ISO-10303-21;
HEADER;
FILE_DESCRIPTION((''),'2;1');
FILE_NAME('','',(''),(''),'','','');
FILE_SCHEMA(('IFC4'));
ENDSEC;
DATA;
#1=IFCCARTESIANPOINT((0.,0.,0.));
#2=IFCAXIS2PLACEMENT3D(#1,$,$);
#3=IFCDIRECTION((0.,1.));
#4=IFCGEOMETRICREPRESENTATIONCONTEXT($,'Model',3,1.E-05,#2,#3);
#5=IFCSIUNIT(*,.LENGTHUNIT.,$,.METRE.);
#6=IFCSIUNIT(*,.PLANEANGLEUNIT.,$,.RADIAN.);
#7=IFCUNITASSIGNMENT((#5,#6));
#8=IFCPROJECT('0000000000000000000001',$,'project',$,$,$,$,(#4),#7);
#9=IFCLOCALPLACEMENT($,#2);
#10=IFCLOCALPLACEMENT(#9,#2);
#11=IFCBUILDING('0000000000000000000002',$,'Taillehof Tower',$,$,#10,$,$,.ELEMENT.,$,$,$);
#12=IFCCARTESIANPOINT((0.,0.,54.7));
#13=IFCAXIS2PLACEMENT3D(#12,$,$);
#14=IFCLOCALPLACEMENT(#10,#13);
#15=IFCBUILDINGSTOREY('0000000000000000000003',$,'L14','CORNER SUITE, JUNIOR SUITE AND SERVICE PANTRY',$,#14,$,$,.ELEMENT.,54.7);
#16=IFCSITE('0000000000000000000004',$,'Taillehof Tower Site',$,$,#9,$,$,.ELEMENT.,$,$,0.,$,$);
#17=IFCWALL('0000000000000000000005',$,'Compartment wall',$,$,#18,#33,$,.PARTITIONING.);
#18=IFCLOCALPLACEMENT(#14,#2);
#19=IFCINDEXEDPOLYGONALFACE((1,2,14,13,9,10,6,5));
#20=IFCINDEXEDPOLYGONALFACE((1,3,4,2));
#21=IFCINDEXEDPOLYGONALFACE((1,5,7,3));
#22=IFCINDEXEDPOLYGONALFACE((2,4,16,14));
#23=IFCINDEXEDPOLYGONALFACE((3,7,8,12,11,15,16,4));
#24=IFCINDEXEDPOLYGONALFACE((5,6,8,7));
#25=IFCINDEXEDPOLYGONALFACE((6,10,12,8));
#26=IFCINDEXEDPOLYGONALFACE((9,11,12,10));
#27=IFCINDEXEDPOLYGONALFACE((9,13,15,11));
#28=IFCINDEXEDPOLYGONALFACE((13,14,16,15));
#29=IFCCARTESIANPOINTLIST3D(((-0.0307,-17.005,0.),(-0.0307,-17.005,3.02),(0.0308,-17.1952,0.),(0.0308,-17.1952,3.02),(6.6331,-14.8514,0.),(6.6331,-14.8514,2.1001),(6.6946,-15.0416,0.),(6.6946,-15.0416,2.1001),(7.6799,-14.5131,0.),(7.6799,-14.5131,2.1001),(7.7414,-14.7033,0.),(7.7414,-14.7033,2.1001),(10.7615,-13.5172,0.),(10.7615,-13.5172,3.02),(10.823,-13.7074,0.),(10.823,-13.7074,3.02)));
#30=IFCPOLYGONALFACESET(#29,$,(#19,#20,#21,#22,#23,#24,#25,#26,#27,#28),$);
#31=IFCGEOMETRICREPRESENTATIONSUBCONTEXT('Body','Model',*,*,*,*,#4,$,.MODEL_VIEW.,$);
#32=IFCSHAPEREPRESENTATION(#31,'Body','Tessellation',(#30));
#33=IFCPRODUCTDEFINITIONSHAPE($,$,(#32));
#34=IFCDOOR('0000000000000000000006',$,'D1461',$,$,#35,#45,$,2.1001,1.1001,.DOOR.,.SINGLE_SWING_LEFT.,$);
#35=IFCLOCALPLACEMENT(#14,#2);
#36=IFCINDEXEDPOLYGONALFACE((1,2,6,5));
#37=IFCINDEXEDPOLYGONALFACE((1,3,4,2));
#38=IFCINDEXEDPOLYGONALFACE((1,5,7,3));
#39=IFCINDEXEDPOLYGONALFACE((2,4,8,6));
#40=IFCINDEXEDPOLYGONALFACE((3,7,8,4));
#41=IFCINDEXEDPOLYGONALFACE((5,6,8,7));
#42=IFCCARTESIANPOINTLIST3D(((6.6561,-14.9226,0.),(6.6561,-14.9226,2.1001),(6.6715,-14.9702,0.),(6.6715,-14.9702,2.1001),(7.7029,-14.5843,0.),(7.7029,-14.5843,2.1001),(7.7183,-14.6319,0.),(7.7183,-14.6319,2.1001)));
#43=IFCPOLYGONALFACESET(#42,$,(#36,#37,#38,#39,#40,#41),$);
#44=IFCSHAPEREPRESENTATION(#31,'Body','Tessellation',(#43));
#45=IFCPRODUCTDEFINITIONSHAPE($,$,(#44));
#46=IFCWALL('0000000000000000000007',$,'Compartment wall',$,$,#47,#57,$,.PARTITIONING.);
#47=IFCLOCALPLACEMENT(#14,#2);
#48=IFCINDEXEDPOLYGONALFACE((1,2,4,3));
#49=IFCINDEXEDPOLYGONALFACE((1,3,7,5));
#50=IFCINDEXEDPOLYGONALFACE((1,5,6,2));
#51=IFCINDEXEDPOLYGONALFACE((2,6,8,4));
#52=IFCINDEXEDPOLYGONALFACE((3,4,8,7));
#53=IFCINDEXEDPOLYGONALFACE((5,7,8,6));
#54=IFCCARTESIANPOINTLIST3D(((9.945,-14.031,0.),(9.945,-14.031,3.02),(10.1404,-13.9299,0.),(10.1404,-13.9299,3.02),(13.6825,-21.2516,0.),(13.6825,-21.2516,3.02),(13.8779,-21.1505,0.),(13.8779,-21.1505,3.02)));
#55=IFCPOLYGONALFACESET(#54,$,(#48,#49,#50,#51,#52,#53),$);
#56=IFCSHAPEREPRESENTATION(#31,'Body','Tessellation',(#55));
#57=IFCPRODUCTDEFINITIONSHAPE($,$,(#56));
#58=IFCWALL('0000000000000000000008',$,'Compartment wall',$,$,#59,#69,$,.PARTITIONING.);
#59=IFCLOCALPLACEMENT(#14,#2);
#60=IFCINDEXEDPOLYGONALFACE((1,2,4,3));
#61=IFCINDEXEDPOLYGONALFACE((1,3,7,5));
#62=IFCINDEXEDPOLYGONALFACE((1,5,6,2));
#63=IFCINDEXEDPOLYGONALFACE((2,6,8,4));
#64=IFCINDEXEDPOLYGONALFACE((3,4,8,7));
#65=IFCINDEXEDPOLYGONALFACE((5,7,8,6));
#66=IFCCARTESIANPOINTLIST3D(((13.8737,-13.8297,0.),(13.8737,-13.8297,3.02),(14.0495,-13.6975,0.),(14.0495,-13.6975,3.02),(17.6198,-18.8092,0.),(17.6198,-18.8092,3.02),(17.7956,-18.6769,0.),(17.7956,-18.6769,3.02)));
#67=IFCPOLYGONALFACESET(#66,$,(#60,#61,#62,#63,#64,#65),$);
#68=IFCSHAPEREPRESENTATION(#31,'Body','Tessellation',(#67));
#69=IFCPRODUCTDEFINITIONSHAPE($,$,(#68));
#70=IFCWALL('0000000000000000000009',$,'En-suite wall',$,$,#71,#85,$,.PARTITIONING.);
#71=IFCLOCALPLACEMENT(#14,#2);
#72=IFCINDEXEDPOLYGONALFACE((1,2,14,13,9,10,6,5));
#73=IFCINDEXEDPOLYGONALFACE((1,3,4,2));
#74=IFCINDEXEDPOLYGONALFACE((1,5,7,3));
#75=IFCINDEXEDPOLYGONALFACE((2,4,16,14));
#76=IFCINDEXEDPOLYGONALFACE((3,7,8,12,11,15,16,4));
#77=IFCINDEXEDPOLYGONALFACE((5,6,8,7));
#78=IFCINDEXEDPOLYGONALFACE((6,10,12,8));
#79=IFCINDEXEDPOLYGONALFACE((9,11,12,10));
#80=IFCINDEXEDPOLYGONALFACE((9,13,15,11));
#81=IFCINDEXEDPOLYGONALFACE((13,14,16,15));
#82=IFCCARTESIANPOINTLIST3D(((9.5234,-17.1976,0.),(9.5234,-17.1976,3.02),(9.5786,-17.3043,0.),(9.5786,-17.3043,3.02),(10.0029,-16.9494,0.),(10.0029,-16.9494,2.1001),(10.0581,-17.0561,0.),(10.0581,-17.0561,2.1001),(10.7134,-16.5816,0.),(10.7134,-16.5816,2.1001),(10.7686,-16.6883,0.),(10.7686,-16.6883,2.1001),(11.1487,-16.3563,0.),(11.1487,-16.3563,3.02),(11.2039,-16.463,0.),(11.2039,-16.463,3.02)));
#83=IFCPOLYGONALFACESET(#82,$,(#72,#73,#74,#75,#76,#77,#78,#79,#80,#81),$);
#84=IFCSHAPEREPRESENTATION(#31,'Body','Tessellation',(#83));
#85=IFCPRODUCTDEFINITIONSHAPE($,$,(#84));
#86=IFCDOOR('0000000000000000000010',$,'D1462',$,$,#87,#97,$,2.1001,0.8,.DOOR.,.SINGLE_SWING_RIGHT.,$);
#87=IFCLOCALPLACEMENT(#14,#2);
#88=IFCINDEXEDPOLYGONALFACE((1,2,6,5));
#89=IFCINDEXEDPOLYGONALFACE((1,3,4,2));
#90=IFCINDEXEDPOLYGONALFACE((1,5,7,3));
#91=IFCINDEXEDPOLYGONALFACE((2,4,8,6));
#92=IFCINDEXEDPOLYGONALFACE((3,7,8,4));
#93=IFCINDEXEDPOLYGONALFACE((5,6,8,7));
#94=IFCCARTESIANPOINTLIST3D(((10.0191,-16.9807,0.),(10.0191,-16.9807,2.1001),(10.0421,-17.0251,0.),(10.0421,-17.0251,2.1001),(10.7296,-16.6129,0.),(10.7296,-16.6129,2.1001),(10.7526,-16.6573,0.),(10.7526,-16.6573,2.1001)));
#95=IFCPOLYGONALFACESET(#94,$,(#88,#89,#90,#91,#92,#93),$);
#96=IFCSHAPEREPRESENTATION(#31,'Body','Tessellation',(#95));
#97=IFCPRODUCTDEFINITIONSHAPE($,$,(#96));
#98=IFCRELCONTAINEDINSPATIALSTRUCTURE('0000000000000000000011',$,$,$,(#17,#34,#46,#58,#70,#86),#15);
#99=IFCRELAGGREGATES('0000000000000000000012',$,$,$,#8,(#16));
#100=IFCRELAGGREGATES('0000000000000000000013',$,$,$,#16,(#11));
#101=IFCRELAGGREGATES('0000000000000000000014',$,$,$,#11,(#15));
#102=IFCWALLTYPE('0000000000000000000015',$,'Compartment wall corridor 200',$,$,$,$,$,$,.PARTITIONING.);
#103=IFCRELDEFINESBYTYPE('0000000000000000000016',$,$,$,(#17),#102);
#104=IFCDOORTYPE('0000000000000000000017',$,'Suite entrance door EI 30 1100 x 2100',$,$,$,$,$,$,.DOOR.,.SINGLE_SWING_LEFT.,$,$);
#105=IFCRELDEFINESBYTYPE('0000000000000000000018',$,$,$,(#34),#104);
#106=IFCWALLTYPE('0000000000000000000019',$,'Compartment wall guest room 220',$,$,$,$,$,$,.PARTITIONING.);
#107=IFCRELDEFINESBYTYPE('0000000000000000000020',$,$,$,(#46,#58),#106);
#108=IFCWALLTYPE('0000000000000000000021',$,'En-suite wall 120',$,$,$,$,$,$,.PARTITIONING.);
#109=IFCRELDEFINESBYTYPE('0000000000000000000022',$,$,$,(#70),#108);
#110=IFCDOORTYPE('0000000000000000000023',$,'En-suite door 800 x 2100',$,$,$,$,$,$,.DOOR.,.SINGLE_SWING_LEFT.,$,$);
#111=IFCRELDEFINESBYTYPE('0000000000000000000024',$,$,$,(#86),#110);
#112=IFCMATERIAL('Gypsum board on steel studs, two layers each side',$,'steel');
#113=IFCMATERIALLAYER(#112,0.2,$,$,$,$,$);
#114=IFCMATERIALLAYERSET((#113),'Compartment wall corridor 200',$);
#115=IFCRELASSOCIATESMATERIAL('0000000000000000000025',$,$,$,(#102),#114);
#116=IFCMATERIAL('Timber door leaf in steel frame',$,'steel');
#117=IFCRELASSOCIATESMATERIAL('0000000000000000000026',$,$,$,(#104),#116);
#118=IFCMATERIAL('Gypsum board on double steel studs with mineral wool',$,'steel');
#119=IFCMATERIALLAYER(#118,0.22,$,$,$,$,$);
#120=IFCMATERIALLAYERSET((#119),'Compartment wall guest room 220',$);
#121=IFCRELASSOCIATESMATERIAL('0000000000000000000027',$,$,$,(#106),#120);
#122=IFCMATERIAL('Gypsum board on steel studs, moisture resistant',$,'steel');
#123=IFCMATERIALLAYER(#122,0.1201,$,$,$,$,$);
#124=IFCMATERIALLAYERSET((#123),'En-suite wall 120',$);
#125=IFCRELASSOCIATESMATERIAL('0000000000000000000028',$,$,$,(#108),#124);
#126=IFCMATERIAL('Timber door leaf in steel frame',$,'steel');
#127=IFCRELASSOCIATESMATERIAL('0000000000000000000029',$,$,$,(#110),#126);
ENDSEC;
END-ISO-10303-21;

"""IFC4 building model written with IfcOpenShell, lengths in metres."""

from ifc_helpers import new_model, si_unit, direction, frame, frame_2d, origin, place, context, subcontext, project, spatial, rectangle, extrude, material, layer, layer_set, type_object, element, fill, save


model = new_model("IFC4")

# Units and contexts
model_context = context("Model", 3, precision=1e-05, world=origin(), true_north=direction((0.0, 1.0)))
body_context = subcontext(model_context, "Body", "Model", "MODEL_VIEW")
ifc_project = project(units=[si_unit("LENGTHUNIT", "METRE"), si_unit("PLANEANGLEUNIT", "RADIAN")], contexts=[model_context])

# Site, building, storey
site_placement = place(None, origin())
site = spatial("IfcSite", under=ifc_project, at=site_placement, Name="Taillehof Tower Site", CompositionType="ELEMENT", RefElevation=0.0)
building_placement = place(site_placement, origin())
building = spatial("IfcBuilding", under=site, at=building_placement, Name="Taillehof Tower", CompositionType="ELEMENT")
storey_placement = place(building_placement, frame((0.0, 0.0, 54.7)))
storey = spatial("IfcBuildingStorey", under=building, at=storey_placement, Name="L14", Description="CORNER SUITE, JUNIOR SUITE AND SERVICE PANTRY", CompositionType="ELEMENT", Elevation=54.7)

# Shared definitions
ifc_material_1 = material(Name="Gypsum board on steel studs, two layers each side", Category="steel")
ifc_layer_1 = layer(ifc_material_1, 0.2)
ifc_layer_set_1 = layer_set([ifc_layer_1], Name="Compartment wall corridor 200")
wall_type_1 = type_object("IfcWallType", Name="Compartment wall corridor 200", PredefinedType="PARTITIONING", material=ifc_layer_set_1)

# Wall, opening, door
wall_1_placement = place(storey_placement, frame((10.7922, -13.6123, 0.0), z_axis=(0.0, 0.0, 1.0), x_axis=(-0.951543, -0.307516, 0.0)))
wall_1 = element("IfcWall", 1, at=wall_1_placement, inside=storey, type_object=wall_type_1, Name="Compartment wall", PredefinedType="PARTITIONING", context=body_context, shape_type="SweptSolid", body=[
    extrude(rectangle(XDim=11.3418, YDim=0.2, at=frame_2d((5.6709, 0.0))), origin(), (0.0, 0.0, 1.0), 3.02),
])
opening_1_placement = place(wall_1_placement, frame((3.2385, 0.0, 0.0)))
opening_1 = element("IfcOpeningElement", 2, at=opening_1_placement, cuts=wall_1, PredefinedType="OPENING", context=body_context, shape_type="SweptSolid", body=[
    extrude(rectangle(XDim=1.1001, YDim=2.1001, at=frame_2d((0.55, 1.05))), frame((0.0, 0.1099, 0.0), z_axis=(0.0, -1.0, 0.0), x_axis=(1.0, 0.0, 0.0)), (0.0, 0.0, 1.0), 0.22),
])
ifc_material_2 = material(Name="Timber door leaf in steel frame", Category="steel")
door_type_1 = type_object("IfcDoorType", Name="Suite entrance door EI 30 1100 x 2100", OperationType="SINGLE_SWING_LEFT", PredefinedType="DOOR", material=ifc_material_2)
door_1_placement = place(opening_1_placement, origin())
door_1 = element("IfcDoor", 3, at=door_1_placement, inside=storey, type_object=door_type_1, Name="D1461", OperationType="SINGLE_SWING_LEFT", OverallHeight=2.1001, OverallWidth=1.1001, PredefinedType="DOOR", context=body_context, shape_type="SweptSolid", body=[
    extrude(rectangle(XDim=1.1001, YDim=2.1001, at=frame_2d((0.55, 1.05))), frame((0.0, 0.0249, 0.0), z_axis=(0.0, -1.0, 0.0), x_axis=(1.0, 0.0, 0.0)), (0.0, 0.0, 1.0), 0.05),
])
fill(opening_1, door_1)

# Walls
ifc_material_3 = material(Name="Gypsum board on double steel studs with mineral wool", Category="steel")
ifc_layer_2 = layer(ifc_material_3, 0.22)
ifc_layer_set_2 = layer_set([ifc_layer_2], Name="Compartment wall guest room 220")
wall_type_2 = type_object("IfcWallType", Name="Compartment wall guest room 220", PredefinedType="PARTITIONING", material=ifc_layer_set_2)
wall_2_placement = place(storey_placement, frame((13.7803, -21.2012, 0.0), z_axis=(0.0, 0.0, 1.0), x_axis=(-0.459685, 0.888082, 0.0)))
element("IfcWall", 4, at=wall_2_placement, inside=storey, type_object=wall_type_2, Name="Compartment wall", PredefinedType="PARTITIONING", context=body_context, shape_type="SweptSolid", body=[
    extrude(rectangle(XDim=8.1306, YDim=0.22, at=frame_2d((4.0654, 0.0))), origin(), (0.0, 0.0, 1.0), 3.02),
])
wall_3_placement = place(storey_placement, frame((17.7078, -18.7432, 0.0), z_axis=(0.0, 0.0, 1.0), x_axis=(-0.601178, 0.799115, 0.0)))
element("IfcWall", 5, at=wall_3_placement, inside=storey, type_object=wall_type_2, Name="Compartment wall", PredefinedType="PARTITIONING", context=body_context, shape_type="SweptSolid", body=[
    extrude(rectangle(XDim=6.2312, YDim=0.22, at=frame_2d((3.1157, 0.0))), origin(), (0.0, 0.0, 1.0), 3.02),
])

# Wall, opening, door
ifc_material_4 = material(Name="Gypsum board on steel studs, moisture resistant", Category="steel")
ifc_layer_3 = layer(ifc_material_4, 0.1201)
ifc_layer_set_3 = layer_set([ifc_layer_3], Name="En-suite wall 120")
wall_type_3 = type_object("IfcWallType", Name="En-suite wall 120", PredefinedType="PARTITIONING", material=ifc_layer_set_3)
wall_4_placement = place(storey_placement, frame((9.551, -17.251, 0.0), z_axis=(0.0, 0.0, 1.0), x_axis=(0.888069, 0.45971, 0.0)))
wall_4 = element("IfcWall", 6, at=wall_4_placement, inside=storey, type_object=wall_type_3, Name="En-suite wall", PredefinedType="PARTITIONING", context=body_context, shape_type="SweptSolid", body=[
    extrude(rectangle(XDim=1.8301, YDim=0.1201, at=frame_2d((0.915, 0.0))), origin(), (0.0, 0.0, 1.0), 3.02),
])
opening_2_placement = place(wall_4_placement, frame((0.54, 0.0, 0.0)))
opening_2 = element("IfcOpeningElement", 7, at=opening_2_placement, cuts=wall_4, PredefinedType="OPENING", context=body_context, shape_type="SweptSolid", body=[
    extrude(rectangle(XDim=0.8, YDim=2.1001, at=frame_2d((0.3999, 1.05))), frame((0.0, 0.0701, 0.0), z_axis=(0.0, -1.0, 0.0), x_axis=(1.0, 0.0, 0.0)), (0.0, 0.0, 1.0), 0.1401),
])
ifc_material_5 = material(Name="Timber door leaf in steel frame", Category="steel")
door_type_2 = type_object("IfcDoorType", Name="En-suite door 800 x 2100", OperationType="SINGLE_SWING_LEFT", PredefinedType="DOOR", material=ifc_material_5)
door_2_placement = place(opening_2_placement, origin())
door_2 = element("IfcDoor", 8, at=door_2_placement, inside=storey, type_object=door_type_2, Name="D1462", OperationType="SINGLE_SWING_RIGHT", OverallHeight=2.1001, OverallWidth=0.8, PredefinedType="DOOR", context=body_context, shape_type="SweptSolid", body=[
    extrude(rectangle(XDim=0.8, YDim=2.1001, at=frame_2d((0.3999, 1.05))), frame((0.0, 0.0249, 0.0), z_axis=(0.0, -1.0, 0.0), x_axis=(1.0, 0.0, 0.0)), (0.0, 0.0, 1.0), 0.05),
])
fill(opening_2, door_2)

save(model, "model.ifc")
